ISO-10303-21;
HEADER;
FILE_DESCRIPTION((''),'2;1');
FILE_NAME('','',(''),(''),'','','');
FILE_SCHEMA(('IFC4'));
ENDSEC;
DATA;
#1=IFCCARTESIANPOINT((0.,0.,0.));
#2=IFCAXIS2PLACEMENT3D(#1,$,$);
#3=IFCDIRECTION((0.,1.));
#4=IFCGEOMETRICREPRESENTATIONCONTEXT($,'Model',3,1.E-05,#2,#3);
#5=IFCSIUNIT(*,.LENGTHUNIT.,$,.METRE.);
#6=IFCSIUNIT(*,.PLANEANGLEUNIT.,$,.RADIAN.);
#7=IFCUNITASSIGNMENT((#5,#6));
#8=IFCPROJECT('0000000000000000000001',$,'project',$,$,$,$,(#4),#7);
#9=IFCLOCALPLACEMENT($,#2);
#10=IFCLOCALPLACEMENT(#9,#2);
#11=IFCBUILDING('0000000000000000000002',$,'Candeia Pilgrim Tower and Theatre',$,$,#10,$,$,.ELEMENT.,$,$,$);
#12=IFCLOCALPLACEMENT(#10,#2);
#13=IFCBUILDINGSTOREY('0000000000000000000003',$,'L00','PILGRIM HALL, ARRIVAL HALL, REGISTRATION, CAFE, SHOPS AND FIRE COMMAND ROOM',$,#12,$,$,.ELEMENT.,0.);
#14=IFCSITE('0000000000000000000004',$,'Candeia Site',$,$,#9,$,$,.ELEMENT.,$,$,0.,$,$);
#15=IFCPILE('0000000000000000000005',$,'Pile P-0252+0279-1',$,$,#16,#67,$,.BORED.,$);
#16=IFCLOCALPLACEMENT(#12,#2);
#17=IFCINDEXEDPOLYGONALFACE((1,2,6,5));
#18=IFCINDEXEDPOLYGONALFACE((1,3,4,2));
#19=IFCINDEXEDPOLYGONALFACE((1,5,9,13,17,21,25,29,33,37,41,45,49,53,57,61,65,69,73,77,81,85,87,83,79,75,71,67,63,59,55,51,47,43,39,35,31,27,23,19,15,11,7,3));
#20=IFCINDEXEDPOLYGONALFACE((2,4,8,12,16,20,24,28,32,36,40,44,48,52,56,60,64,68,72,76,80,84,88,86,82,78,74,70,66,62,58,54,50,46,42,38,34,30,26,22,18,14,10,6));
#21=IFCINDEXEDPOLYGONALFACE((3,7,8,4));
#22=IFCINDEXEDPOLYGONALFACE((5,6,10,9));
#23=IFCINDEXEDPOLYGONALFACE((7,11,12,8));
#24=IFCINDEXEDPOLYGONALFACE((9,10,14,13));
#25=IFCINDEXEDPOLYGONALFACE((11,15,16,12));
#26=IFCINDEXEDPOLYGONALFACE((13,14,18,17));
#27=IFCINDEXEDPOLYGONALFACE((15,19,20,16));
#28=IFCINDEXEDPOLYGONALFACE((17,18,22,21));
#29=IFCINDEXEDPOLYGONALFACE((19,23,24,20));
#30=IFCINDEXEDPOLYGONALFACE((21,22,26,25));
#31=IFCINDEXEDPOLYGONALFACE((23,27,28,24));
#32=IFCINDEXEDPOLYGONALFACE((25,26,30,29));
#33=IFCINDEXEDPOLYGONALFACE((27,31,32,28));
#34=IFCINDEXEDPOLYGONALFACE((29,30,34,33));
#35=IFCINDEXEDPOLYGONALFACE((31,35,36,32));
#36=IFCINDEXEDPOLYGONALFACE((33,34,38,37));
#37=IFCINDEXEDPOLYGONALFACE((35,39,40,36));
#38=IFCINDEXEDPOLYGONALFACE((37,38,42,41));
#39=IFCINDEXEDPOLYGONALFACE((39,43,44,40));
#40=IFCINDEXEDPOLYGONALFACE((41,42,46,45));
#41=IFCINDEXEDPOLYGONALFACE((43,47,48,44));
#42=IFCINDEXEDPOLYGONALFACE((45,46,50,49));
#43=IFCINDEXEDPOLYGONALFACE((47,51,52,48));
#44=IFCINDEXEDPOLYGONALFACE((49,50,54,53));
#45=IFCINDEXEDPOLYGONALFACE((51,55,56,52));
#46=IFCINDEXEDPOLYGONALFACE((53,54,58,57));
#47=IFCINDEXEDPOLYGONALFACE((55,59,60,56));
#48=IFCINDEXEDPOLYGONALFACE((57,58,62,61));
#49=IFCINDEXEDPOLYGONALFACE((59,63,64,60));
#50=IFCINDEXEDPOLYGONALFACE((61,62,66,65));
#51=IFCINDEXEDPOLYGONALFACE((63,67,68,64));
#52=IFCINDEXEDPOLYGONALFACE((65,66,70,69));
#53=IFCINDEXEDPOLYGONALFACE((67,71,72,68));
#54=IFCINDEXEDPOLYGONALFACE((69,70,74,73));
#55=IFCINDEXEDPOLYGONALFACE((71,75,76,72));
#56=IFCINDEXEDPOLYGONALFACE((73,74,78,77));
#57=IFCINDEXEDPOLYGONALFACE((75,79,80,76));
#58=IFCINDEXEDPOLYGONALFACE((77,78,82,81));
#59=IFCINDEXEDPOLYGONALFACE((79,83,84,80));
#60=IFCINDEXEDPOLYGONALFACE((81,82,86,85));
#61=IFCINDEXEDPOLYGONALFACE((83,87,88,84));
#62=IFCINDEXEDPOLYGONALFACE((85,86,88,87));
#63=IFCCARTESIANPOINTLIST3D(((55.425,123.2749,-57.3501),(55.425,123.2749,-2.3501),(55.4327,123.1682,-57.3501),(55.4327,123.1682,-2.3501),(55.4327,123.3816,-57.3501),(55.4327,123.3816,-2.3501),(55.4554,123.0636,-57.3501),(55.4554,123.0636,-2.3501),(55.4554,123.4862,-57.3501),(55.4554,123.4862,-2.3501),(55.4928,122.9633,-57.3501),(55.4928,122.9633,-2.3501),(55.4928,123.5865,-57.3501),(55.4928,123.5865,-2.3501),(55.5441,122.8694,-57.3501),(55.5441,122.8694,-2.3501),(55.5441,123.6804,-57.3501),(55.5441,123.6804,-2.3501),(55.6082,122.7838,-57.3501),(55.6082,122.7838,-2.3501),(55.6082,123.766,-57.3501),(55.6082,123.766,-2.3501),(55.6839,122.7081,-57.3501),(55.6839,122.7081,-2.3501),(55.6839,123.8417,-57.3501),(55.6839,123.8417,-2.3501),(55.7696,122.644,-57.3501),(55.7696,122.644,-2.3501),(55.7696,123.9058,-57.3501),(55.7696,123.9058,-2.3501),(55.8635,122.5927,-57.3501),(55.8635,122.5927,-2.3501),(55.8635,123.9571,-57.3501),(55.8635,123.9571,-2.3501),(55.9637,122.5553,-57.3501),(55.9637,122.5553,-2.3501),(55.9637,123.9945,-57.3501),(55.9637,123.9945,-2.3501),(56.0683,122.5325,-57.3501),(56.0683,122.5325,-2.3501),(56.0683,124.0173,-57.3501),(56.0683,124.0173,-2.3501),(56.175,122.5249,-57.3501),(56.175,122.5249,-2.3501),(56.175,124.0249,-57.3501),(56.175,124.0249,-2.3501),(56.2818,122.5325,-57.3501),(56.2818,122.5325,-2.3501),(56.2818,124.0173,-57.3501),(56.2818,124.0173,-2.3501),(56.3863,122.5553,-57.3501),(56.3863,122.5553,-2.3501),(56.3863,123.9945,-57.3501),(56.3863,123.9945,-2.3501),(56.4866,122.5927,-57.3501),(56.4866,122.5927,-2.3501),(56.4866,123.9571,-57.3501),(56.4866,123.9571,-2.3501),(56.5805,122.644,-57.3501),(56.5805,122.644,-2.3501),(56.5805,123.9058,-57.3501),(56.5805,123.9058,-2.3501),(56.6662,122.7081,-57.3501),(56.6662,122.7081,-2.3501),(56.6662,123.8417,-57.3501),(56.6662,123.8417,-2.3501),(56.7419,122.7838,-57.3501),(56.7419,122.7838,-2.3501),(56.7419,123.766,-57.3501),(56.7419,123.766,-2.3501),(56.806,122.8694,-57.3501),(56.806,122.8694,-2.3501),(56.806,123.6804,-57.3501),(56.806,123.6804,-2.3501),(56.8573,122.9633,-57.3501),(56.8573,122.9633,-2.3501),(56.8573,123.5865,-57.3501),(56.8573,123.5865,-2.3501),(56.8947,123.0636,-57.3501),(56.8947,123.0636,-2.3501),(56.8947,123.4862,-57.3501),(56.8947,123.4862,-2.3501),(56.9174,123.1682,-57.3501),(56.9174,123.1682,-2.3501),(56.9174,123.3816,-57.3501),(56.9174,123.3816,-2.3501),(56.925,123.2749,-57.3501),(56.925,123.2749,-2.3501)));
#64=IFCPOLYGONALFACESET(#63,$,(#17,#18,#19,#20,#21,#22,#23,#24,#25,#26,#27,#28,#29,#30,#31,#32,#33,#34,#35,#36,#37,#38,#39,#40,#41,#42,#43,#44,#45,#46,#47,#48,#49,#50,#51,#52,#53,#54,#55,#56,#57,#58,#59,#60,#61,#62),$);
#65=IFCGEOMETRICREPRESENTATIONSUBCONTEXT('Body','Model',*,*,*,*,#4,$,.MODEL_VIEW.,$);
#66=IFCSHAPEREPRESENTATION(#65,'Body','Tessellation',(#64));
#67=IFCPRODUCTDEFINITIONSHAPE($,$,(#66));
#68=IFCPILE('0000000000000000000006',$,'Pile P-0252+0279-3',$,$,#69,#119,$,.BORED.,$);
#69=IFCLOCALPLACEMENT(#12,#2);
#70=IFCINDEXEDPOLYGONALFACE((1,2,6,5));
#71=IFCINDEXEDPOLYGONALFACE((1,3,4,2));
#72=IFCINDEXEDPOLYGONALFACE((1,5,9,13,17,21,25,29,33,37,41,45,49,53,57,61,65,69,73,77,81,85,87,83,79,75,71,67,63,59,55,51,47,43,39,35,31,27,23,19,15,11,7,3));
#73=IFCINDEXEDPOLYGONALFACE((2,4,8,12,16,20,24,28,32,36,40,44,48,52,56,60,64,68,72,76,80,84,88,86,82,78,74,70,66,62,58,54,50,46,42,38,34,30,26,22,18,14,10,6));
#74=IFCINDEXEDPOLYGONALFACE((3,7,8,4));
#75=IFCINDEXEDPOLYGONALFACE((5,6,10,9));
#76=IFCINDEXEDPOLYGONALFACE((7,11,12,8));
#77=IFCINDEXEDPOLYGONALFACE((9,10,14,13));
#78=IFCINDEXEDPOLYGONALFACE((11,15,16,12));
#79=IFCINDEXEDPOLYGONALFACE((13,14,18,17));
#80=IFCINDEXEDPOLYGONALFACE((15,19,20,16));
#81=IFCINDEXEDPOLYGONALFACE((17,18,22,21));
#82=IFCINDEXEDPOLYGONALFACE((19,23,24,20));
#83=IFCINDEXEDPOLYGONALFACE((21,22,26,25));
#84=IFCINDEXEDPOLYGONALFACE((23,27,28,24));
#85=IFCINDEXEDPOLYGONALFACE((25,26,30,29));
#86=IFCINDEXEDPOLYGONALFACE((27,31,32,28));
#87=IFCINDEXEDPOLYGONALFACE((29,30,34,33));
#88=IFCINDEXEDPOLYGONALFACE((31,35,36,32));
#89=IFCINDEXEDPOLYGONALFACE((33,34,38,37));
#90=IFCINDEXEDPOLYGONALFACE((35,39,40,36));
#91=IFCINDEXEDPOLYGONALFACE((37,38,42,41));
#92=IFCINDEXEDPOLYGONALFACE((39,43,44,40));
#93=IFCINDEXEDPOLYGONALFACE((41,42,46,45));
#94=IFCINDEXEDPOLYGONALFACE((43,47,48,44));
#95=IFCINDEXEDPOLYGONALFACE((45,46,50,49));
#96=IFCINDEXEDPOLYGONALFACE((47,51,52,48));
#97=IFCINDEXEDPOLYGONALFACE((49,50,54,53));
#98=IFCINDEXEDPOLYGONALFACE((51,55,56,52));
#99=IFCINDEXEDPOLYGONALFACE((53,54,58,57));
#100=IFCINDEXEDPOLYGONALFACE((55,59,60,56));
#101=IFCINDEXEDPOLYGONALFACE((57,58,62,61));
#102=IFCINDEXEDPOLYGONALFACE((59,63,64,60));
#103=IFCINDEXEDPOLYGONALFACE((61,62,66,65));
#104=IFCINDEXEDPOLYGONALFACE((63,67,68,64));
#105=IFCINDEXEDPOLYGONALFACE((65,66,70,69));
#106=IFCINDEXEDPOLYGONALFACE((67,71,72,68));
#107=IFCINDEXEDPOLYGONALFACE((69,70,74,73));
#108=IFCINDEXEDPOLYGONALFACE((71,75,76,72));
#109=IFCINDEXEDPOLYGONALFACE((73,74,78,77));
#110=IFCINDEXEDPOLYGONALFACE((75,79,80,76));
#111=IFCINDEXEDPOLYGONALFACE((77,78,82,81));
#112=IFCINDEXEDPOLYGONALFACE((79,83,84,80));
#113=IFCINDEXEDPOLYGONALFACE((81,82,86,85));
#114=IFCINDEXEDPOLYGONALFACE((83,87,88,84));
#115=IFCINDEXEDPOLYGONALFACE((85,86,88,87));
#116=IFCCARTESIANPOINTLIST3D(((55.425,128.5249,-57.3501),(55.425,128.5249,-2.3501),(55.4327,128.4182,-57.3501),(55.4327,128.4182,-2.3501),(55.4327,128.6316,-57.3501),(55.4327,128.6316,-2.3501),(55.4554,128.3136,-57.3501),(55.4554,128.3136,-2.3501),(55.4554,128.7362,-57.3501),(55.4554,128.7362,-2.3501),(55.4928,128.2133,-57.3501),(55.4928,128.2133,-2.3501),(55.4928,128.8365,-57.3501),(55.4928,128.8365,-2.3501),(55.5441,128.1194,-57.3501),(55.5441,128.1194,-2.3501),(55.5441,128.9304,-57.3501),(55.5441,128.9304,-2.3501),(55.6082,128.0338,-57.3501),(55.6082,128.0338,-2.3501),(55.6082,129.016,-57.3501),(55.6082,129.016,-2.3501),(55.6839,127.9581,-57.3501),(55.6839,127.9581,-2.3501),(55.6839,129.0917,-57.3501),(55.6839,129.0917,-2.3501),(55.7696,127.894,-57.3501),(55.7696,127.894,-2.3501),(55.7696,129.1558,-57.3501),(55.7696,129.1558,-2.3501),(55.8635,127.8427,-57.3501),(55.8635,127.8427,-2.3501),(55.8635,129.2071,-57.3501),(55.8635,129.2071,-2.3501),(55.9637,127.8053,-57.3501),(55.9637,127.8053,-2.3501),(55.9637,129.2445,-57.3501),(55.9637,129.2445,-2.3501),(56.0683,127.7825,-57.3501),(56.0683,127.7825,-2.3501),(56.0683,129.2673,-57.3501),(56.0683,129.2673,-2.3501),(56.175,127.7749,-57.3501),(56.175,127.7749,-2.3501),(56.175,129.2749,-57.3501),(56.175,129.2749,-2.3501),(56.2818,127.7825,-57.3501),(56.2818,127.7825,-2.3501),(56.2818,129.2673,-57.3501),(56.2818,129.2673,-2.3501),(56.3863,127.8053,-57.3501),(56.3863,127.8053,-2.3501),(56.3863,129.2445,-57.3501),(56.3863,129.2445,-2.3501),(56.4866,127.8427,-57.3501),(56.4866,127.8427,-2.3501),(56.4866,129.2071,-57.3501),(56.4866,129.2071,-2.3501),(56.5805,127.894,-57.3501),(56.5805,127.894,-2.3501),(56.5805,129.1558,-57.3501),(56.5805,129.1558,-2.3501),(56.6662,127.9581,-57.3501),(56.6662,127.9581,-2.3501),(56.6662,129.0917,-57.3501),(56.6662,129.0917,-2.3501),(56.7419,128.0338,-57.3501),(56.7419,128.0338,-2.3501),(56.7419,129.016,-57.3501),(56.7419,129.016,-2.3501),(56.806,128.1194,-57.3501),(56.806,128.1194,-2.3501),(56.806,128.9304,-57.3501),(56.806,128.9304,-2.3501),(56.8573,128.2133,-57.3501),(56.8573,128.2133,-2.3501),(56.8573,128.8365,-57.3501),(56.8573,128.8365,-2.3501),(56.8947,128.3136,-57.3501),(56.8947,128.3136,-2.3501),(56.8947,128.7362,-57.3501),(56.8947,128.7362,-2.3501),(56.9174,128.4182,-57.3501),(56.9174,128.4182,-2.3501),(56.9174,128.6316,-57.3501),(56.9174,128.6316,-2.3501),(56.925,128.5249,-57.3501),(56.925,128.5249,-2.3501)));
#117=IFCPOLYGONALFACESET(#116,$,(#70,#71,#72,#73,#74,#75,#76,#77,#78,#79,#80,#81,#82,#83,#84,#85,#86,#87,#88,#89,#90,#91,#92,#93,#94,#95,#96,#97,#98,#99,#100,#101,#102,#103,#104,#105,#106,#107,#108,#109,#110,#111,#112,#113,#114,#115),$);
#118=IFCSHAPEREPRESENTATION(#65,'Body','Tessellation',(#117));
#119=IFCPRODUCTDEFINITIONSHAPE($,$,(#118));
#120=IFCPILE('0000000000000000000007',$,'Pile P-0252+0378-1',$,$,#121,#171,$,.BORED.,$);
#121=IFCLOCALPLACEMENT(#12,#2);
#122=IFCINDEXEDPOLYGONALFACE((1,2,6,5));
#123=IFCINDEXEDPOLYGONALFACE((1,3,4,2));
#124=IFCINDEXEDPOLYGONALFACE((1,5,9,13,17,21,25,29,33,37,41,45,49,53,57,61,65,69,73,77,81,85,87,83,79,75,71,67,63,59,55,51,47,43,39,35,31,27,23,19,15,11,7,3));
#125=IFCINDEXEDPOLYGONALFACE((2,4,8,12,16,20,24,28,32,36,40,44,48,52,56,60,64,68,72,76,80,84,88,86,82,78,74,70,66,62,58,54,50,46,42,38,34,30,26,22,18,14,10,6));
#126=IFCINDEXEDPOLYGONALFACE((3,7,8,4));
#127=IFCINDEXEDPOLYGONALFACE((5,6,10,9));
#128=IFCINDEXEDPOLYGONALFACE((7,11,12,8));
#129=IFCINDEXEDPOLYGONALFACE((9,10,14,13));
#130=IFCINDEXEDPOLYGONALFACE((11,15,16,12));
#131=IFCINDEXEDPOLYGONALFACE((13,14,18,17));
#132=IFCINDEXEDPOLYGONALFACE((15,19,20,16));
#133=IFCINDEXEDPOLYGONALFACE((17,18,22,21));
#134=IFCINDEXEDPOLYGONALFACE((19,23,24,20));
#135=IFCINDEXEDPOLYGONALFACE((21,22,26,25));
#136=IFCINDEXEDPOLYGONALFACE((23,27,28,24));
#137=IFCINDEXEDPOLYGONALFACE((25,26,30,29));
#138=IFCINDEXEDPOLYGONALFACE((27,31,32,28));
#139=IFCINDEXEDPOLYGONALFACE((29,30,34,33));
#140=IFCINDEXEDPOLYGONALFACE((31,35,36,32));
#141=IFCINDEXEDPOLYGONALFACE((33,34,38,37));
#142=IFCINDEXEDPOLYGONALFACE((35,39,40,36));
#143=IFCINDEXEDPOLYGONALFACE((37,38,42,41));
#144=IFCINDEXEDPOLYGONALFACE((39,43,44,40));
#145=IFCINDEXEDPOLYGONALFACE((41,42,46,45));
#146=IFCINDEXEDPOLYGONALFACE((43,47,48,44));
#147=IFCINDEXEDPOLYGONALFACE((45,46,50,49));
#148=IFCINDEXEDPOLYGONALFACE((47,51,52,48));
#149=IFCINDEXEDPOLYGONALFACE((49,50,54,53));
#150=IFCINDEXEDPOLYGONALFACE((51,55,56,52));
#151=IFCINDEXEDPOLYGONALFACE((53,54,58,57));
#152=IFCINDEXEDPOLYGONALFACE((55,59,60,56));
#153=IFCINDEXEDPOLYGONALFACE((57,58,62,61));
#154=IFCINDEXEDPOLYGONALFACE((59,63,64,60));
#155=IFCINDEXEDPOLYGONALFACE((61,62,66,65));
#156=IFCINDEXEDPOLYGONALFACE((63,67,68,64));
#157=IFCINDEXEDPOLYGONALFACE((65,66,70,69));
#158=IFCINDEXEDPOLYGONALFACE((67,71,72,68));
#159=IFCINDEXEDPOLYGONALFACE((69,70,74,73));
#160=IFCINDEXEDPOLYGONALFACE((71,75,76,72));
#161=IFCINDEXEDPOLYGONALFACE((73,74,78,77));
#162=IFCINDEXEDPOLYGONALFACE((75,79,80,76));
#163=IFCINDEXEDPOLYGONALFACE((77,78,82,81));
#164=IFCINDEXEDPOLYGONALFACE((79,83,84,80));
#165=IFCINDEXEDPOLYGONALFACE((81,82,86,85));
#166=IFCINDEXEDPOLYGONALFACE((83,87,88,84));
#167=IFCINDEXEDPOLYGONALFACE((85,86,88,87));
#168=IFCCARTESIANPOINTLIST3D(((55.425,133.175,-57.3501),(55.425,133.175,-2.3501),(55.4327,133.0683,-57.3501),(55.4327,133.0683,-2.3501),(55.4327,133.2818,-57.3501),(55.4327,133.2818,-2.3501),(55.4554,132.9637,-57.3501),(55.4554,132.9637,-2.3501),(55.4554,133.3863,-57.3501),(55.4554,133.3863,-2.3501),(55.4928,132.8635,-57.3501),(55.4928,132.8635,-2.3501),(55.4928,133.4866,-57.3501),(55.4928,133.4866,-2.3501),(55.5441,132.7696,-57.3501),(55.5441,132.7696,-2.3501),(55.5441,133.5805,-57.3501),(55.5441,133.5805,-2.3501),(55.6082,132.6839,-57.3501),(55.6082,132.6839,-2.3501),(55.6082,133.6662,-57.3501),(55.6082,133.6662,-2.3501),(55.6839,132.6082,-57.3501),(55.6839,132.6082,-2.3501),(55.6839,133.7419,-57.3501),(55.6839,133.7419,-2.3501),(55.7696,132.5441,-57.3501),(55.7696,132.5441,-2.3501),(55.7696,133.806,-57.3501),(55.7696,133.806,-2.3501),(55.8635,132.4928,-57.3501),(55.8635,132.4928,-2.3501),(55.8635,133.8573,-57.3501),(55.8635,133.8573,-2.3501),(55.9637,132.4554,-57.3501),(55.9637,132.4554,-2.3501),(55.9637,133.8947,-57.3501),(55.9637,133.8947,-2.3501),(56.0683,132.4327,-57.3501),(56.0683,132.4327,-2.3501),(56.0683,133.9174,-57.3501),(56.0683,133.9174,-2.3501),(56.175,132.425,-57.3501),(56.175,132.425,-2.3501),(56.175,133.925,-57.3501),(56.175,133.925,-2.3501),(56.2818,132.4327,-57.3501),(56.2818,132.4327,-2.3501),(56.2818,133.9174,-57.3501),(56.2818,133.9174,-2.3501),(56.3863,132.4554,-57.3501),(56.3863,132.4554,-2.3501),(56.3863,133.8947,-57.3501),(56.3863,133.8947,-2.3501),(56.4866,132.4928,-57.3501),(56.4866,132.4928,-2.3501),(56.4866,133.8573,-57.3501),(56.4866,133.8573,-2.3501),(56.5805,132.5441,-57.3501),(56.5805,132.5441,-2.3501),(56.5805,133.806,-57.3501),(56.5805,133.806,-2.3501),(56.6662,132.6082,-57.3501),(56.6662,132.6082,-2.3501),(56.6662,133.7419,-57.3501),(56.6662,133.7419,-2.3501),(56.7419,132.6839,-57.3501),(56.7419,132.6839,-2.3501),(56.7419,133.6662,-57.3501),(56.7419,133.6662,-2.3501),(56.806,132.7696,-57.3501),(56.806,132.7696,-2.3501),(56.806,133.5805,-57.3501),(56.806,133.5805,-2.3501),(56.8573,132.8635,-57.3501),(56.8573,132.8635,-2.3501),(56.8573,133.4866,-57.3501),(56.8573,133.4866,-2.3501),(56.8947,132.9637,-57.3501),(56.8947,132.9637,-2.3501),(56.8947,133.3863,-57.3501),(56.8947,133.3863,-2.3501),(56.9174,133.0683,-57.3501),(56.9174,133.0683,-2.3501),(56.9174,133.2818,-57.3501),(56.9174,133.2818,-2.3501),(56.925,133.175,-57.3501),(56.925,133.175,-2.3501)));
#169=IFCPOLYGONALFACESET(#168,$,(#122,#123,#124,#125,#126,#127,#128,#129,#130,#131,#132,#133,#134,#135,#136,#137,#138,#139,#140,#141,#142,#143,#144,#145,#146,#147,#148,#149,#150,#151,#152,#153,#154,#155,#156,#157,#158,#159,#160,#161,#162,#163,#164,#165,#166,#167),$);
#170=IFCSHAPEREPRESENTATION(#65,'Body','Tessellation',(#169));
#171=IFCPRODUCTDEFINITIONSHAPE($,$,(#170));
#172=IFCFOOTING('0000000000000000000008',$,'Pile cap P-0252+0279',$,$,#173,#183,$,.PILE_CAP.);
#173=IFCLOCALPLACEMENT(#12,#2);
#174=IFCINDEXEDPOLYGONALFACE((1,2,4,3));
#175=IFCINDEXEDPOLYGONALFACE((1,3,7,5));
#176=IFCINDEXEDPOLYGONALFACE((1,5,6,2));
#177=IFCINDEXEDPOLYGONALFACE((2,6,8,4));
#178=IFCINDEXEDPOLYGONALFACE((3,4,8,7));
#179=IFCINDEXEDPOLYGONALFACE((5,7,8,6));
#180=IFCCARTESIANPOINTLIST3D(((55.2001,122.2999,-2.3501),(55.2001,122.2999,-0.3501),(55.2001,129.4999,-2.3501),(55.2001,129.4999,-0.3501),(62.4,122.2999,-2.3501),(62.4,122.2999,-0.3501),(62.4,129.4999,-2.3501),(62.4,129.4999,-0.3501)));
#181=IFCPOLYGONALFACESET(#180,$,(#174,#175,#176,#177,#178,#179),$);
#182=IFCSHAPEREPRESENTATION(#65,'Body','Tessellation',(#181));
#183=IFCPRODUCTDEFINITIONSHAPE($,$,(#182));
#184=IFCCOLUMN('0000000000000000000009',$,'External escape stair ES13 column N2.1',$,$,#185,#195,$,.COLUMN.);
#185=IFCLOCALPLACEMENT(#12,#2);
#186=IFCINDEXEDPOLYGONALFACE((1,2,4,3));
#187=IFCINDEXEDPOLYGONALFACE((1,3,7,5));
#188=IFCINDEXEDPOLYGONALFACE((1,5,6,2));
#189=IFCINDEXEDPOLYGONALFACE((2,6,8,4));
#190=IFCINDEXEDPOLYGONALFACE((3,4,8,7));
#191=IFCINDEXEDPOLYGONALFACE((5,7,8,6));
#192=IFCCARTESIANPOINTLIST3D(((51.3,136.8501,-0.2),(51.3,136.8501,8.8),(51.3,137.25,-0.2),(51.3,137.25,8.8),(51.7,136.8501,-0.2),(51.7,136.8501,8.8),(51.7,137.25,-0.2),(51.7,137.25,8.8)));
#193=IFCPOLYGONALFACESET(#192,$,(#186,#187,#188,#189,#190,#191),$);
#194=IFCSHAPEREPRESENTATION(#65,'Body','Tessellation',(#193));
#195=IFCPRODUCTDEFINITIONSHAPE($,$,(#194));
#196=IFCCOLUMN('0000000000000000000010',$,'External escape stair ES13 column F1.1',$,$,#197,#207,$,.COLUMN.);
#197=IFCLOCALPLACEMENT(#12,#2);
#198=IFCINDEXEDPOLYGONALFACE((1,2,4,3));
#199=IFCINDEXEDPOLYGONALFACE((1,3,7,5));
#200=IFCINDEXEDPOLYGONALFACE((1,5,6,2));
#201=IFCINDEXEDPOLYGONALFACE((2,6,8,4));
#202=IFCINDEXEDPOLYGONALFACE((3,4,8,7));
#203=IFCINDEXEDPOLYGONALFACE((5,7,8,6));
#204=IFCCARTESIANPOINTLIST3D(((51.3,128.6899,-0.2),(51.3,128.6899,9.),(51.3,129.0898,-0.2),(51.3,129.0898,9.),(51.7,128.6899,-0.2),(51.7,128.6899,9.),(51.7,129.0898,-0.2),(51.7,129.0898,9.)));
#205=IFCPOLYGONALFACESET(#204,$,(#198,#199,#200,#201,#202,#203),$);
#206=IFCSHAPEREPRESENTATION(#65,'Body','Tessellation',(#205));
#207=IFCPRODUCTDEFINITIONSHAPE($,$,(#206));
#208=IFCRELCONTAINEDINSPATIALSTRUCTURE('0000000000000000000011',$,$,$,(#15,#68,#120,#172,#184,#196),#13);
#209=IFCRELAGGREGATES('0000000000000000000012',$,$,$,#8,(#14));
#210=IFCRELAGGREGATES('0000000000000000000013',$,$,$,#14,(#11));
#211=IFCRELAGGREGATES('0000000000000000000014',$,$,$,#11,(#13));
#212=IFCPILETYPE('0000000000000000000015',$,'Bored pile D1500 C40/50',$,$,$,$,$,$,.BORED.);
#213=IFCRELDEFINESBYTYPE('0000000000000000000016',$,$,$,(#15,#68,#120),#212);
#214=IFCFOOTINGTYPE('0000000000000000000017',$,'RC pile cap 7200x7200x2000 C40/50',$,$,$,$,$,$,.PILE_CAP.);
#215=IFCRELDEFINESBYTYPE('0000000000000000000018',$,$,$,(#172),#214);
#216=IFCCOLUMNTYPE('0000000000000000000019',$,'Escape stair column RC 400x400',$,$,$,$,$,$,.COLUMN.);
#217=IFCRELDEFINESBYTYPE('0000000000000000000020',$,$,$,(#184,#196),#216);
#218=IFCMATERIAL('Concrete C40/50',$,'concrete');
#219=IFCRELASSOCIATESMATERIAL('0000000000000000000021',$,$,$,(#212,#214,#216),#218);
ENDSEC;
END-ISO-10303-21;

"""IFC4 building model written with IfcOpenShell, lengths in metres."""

from ifc_helpers import new_model, si_unit, direction, frame, origin, origin_2d, place, context, subcontext, project, spatial, rectangle, circle, extrude, material, material_profile, profile_set, type_object, element, save


model = new_model("IFC4")

# Units and contexts
model_context = context("Model", 3, precision=1e-05, world=origin(), true_north=direction((0.0, 1.0)))
body_context = subcontext(model_context, "Body", "Model", "MODEL_VIEW")
ifc_project = project(units=[si_unit("LENGTHUNIT", "METRE"), si_unit("PLANEANGLEUNIT", "RADIAN")], contexts=[model_context])

# Site, building, storey
site_placement = place(None, origin())
site = spatial("IfcSite", under=ifc_project, at=site_placement, Name="Candeia Site", CompositionType="ELEMENT", RefElevation=0.0)
building_placement = place(site_placement, origin())
building = spatial("IfcBuilding", under=site, at=building_placement, Name="Candeia Pilgrim Tower and Theatre", CompositionType="ELEMENT")
storey_placement = place(building_placement, origin())
storey = spatial("IfcBuildingStorey", under=building, at=storey_placement, Name="L00", Description="PILGRIM HALL, ARRIVAL HALL, REGISTRATION, CAFE, SHOPS AND FIRE COMMAND ROOM", CompositionType="ELEMENT", Elevation=0.0)

# Piles
ifc_material_1 = material(Name="Concrete C40/50", Category="concrete")
ifc_material_profile_1 = material_profile(ifc_material_1, circle(Radius=0.75, at=origin_2d()))
ifc_profile_set_1 = profile_set([ifc_material_profile_1], Name="Concrete C40/50")
pile_type = type_object("IfcPileType", Name="Bored pile D1500 C40/50", PredefinedType="BORED", material=ifc_profile_set_1)
for number, where, z_axis, x_axis, name in (
    (1, (56.175, 123.2749, -2.3501), (0.0, 0.0, -1.0), (1.0, 0.0, 0.0), "Pile P-0252+0279-1"),
    (2, (56.175, 128.5249, -2.3501), (0.0, 0.0, -1.0), (1.0, 0.0, 0.0), "Pile P-0252+0279-3"),
    (3, (56.175, 133.175, -2.3501), (0.0, 0.0, -1.0), (1.0, 0.0, 0.0), "Pile P-0252+0378-1"),
):
    element("IfcPile", number, at=place(storey_placement, frame(where, z_axis=z_axis, x_axis=x_axis)), inside=storey, type_object=pile_type, Name=name, PredefinedType="BORED", context=body_context, shape_type="SweptSolid", body=[
        extrude(circle(Radius=0.75, at=origin_2d()), origin(), (0.0, 0.0, 1.0), 55.0),
    ])

# Footing
footing_type = type_object("IfcFootingType", Name="RC pile cap 7200x7200x2000 C40/50", PredefinedType="PILE_CAP", material=ifc_material_1)
footing_placement = place(storey_placement, frame((58.8, 125.8999, -2.3501), z_axis=(0.0, 0.0, 1.0), x_axis=(1.0, 0.0, 0.0)))
element("IfcFooting", 4, at=footing_placement, inside=storey, type_object=footing_type, Name="Pile cap P-0252+0279", PredefinedType="PILE_CAP", context=body_context, shape_type="SweptSolid", body=[
    extrude(rectangle(XDim=7.2, YDim=7.2, at=origin_2d()), origin(), (0.0, 0.0, 1.0), 2.0),
])

# Columns
ifc_material_profile_2 = material_profile(ifc_material_1, rectangle(XDim=0.3999, YDim=0.3999, at=origin_2d()))
ifc_profile_set_2 = profile_set([ifc_material_profile_2], Name="Concrete C40/50")
column_type_1 = type_object("IfcColumnType", Name="Escape stair column RC 400x400", PredefinedType="COLUMN", material=ifc_profile_set_2)
column_1_placement = place(storey_placement, frame((51.5, 137.05, -0.2), z_axis=(0.0, 0.0, 1.0), x_axis=(1.0, 0.0, 0.0)))
element("IfcColumn", 5, at=column_1_placement, inside=storey, type_object=column_type_1, Name="External escape stair ES13 column N2.1", PredefinedType="COLUMN", context=body_context, shape_type="SweptSolid", body=[
    extrude(rectangle(XDim=0.3999, YDim=0.3999, at=origin_2d()), origin(), (0.0, 0.0, 1.0), 9.0),
])
for number, where, z_axis, x_axis, name in (
    (6, (51.5, 128.8899, -0.2), (0.0, 0.0, 1.0), (1.0, 0.0, 0.0), "External escape stair ES13 column F1.1"),
):
    element("IfcColumn", number, at=place(storey_placement, frame(where, z_axis=z_axis, x_axis=x_axis)), inside=storey, type_object=column_type_1, Name=name, PredefinedType="COLUMN", context=body_context, shape_type="SweptSolid", body=[
        extrude(rectangle(XDim=0.3999, YDim=0.3999, at=origin_2d()), origin(), (0.0, 0.0, 1.0), 9.2),
    ])

save(model, "model.ifc")
